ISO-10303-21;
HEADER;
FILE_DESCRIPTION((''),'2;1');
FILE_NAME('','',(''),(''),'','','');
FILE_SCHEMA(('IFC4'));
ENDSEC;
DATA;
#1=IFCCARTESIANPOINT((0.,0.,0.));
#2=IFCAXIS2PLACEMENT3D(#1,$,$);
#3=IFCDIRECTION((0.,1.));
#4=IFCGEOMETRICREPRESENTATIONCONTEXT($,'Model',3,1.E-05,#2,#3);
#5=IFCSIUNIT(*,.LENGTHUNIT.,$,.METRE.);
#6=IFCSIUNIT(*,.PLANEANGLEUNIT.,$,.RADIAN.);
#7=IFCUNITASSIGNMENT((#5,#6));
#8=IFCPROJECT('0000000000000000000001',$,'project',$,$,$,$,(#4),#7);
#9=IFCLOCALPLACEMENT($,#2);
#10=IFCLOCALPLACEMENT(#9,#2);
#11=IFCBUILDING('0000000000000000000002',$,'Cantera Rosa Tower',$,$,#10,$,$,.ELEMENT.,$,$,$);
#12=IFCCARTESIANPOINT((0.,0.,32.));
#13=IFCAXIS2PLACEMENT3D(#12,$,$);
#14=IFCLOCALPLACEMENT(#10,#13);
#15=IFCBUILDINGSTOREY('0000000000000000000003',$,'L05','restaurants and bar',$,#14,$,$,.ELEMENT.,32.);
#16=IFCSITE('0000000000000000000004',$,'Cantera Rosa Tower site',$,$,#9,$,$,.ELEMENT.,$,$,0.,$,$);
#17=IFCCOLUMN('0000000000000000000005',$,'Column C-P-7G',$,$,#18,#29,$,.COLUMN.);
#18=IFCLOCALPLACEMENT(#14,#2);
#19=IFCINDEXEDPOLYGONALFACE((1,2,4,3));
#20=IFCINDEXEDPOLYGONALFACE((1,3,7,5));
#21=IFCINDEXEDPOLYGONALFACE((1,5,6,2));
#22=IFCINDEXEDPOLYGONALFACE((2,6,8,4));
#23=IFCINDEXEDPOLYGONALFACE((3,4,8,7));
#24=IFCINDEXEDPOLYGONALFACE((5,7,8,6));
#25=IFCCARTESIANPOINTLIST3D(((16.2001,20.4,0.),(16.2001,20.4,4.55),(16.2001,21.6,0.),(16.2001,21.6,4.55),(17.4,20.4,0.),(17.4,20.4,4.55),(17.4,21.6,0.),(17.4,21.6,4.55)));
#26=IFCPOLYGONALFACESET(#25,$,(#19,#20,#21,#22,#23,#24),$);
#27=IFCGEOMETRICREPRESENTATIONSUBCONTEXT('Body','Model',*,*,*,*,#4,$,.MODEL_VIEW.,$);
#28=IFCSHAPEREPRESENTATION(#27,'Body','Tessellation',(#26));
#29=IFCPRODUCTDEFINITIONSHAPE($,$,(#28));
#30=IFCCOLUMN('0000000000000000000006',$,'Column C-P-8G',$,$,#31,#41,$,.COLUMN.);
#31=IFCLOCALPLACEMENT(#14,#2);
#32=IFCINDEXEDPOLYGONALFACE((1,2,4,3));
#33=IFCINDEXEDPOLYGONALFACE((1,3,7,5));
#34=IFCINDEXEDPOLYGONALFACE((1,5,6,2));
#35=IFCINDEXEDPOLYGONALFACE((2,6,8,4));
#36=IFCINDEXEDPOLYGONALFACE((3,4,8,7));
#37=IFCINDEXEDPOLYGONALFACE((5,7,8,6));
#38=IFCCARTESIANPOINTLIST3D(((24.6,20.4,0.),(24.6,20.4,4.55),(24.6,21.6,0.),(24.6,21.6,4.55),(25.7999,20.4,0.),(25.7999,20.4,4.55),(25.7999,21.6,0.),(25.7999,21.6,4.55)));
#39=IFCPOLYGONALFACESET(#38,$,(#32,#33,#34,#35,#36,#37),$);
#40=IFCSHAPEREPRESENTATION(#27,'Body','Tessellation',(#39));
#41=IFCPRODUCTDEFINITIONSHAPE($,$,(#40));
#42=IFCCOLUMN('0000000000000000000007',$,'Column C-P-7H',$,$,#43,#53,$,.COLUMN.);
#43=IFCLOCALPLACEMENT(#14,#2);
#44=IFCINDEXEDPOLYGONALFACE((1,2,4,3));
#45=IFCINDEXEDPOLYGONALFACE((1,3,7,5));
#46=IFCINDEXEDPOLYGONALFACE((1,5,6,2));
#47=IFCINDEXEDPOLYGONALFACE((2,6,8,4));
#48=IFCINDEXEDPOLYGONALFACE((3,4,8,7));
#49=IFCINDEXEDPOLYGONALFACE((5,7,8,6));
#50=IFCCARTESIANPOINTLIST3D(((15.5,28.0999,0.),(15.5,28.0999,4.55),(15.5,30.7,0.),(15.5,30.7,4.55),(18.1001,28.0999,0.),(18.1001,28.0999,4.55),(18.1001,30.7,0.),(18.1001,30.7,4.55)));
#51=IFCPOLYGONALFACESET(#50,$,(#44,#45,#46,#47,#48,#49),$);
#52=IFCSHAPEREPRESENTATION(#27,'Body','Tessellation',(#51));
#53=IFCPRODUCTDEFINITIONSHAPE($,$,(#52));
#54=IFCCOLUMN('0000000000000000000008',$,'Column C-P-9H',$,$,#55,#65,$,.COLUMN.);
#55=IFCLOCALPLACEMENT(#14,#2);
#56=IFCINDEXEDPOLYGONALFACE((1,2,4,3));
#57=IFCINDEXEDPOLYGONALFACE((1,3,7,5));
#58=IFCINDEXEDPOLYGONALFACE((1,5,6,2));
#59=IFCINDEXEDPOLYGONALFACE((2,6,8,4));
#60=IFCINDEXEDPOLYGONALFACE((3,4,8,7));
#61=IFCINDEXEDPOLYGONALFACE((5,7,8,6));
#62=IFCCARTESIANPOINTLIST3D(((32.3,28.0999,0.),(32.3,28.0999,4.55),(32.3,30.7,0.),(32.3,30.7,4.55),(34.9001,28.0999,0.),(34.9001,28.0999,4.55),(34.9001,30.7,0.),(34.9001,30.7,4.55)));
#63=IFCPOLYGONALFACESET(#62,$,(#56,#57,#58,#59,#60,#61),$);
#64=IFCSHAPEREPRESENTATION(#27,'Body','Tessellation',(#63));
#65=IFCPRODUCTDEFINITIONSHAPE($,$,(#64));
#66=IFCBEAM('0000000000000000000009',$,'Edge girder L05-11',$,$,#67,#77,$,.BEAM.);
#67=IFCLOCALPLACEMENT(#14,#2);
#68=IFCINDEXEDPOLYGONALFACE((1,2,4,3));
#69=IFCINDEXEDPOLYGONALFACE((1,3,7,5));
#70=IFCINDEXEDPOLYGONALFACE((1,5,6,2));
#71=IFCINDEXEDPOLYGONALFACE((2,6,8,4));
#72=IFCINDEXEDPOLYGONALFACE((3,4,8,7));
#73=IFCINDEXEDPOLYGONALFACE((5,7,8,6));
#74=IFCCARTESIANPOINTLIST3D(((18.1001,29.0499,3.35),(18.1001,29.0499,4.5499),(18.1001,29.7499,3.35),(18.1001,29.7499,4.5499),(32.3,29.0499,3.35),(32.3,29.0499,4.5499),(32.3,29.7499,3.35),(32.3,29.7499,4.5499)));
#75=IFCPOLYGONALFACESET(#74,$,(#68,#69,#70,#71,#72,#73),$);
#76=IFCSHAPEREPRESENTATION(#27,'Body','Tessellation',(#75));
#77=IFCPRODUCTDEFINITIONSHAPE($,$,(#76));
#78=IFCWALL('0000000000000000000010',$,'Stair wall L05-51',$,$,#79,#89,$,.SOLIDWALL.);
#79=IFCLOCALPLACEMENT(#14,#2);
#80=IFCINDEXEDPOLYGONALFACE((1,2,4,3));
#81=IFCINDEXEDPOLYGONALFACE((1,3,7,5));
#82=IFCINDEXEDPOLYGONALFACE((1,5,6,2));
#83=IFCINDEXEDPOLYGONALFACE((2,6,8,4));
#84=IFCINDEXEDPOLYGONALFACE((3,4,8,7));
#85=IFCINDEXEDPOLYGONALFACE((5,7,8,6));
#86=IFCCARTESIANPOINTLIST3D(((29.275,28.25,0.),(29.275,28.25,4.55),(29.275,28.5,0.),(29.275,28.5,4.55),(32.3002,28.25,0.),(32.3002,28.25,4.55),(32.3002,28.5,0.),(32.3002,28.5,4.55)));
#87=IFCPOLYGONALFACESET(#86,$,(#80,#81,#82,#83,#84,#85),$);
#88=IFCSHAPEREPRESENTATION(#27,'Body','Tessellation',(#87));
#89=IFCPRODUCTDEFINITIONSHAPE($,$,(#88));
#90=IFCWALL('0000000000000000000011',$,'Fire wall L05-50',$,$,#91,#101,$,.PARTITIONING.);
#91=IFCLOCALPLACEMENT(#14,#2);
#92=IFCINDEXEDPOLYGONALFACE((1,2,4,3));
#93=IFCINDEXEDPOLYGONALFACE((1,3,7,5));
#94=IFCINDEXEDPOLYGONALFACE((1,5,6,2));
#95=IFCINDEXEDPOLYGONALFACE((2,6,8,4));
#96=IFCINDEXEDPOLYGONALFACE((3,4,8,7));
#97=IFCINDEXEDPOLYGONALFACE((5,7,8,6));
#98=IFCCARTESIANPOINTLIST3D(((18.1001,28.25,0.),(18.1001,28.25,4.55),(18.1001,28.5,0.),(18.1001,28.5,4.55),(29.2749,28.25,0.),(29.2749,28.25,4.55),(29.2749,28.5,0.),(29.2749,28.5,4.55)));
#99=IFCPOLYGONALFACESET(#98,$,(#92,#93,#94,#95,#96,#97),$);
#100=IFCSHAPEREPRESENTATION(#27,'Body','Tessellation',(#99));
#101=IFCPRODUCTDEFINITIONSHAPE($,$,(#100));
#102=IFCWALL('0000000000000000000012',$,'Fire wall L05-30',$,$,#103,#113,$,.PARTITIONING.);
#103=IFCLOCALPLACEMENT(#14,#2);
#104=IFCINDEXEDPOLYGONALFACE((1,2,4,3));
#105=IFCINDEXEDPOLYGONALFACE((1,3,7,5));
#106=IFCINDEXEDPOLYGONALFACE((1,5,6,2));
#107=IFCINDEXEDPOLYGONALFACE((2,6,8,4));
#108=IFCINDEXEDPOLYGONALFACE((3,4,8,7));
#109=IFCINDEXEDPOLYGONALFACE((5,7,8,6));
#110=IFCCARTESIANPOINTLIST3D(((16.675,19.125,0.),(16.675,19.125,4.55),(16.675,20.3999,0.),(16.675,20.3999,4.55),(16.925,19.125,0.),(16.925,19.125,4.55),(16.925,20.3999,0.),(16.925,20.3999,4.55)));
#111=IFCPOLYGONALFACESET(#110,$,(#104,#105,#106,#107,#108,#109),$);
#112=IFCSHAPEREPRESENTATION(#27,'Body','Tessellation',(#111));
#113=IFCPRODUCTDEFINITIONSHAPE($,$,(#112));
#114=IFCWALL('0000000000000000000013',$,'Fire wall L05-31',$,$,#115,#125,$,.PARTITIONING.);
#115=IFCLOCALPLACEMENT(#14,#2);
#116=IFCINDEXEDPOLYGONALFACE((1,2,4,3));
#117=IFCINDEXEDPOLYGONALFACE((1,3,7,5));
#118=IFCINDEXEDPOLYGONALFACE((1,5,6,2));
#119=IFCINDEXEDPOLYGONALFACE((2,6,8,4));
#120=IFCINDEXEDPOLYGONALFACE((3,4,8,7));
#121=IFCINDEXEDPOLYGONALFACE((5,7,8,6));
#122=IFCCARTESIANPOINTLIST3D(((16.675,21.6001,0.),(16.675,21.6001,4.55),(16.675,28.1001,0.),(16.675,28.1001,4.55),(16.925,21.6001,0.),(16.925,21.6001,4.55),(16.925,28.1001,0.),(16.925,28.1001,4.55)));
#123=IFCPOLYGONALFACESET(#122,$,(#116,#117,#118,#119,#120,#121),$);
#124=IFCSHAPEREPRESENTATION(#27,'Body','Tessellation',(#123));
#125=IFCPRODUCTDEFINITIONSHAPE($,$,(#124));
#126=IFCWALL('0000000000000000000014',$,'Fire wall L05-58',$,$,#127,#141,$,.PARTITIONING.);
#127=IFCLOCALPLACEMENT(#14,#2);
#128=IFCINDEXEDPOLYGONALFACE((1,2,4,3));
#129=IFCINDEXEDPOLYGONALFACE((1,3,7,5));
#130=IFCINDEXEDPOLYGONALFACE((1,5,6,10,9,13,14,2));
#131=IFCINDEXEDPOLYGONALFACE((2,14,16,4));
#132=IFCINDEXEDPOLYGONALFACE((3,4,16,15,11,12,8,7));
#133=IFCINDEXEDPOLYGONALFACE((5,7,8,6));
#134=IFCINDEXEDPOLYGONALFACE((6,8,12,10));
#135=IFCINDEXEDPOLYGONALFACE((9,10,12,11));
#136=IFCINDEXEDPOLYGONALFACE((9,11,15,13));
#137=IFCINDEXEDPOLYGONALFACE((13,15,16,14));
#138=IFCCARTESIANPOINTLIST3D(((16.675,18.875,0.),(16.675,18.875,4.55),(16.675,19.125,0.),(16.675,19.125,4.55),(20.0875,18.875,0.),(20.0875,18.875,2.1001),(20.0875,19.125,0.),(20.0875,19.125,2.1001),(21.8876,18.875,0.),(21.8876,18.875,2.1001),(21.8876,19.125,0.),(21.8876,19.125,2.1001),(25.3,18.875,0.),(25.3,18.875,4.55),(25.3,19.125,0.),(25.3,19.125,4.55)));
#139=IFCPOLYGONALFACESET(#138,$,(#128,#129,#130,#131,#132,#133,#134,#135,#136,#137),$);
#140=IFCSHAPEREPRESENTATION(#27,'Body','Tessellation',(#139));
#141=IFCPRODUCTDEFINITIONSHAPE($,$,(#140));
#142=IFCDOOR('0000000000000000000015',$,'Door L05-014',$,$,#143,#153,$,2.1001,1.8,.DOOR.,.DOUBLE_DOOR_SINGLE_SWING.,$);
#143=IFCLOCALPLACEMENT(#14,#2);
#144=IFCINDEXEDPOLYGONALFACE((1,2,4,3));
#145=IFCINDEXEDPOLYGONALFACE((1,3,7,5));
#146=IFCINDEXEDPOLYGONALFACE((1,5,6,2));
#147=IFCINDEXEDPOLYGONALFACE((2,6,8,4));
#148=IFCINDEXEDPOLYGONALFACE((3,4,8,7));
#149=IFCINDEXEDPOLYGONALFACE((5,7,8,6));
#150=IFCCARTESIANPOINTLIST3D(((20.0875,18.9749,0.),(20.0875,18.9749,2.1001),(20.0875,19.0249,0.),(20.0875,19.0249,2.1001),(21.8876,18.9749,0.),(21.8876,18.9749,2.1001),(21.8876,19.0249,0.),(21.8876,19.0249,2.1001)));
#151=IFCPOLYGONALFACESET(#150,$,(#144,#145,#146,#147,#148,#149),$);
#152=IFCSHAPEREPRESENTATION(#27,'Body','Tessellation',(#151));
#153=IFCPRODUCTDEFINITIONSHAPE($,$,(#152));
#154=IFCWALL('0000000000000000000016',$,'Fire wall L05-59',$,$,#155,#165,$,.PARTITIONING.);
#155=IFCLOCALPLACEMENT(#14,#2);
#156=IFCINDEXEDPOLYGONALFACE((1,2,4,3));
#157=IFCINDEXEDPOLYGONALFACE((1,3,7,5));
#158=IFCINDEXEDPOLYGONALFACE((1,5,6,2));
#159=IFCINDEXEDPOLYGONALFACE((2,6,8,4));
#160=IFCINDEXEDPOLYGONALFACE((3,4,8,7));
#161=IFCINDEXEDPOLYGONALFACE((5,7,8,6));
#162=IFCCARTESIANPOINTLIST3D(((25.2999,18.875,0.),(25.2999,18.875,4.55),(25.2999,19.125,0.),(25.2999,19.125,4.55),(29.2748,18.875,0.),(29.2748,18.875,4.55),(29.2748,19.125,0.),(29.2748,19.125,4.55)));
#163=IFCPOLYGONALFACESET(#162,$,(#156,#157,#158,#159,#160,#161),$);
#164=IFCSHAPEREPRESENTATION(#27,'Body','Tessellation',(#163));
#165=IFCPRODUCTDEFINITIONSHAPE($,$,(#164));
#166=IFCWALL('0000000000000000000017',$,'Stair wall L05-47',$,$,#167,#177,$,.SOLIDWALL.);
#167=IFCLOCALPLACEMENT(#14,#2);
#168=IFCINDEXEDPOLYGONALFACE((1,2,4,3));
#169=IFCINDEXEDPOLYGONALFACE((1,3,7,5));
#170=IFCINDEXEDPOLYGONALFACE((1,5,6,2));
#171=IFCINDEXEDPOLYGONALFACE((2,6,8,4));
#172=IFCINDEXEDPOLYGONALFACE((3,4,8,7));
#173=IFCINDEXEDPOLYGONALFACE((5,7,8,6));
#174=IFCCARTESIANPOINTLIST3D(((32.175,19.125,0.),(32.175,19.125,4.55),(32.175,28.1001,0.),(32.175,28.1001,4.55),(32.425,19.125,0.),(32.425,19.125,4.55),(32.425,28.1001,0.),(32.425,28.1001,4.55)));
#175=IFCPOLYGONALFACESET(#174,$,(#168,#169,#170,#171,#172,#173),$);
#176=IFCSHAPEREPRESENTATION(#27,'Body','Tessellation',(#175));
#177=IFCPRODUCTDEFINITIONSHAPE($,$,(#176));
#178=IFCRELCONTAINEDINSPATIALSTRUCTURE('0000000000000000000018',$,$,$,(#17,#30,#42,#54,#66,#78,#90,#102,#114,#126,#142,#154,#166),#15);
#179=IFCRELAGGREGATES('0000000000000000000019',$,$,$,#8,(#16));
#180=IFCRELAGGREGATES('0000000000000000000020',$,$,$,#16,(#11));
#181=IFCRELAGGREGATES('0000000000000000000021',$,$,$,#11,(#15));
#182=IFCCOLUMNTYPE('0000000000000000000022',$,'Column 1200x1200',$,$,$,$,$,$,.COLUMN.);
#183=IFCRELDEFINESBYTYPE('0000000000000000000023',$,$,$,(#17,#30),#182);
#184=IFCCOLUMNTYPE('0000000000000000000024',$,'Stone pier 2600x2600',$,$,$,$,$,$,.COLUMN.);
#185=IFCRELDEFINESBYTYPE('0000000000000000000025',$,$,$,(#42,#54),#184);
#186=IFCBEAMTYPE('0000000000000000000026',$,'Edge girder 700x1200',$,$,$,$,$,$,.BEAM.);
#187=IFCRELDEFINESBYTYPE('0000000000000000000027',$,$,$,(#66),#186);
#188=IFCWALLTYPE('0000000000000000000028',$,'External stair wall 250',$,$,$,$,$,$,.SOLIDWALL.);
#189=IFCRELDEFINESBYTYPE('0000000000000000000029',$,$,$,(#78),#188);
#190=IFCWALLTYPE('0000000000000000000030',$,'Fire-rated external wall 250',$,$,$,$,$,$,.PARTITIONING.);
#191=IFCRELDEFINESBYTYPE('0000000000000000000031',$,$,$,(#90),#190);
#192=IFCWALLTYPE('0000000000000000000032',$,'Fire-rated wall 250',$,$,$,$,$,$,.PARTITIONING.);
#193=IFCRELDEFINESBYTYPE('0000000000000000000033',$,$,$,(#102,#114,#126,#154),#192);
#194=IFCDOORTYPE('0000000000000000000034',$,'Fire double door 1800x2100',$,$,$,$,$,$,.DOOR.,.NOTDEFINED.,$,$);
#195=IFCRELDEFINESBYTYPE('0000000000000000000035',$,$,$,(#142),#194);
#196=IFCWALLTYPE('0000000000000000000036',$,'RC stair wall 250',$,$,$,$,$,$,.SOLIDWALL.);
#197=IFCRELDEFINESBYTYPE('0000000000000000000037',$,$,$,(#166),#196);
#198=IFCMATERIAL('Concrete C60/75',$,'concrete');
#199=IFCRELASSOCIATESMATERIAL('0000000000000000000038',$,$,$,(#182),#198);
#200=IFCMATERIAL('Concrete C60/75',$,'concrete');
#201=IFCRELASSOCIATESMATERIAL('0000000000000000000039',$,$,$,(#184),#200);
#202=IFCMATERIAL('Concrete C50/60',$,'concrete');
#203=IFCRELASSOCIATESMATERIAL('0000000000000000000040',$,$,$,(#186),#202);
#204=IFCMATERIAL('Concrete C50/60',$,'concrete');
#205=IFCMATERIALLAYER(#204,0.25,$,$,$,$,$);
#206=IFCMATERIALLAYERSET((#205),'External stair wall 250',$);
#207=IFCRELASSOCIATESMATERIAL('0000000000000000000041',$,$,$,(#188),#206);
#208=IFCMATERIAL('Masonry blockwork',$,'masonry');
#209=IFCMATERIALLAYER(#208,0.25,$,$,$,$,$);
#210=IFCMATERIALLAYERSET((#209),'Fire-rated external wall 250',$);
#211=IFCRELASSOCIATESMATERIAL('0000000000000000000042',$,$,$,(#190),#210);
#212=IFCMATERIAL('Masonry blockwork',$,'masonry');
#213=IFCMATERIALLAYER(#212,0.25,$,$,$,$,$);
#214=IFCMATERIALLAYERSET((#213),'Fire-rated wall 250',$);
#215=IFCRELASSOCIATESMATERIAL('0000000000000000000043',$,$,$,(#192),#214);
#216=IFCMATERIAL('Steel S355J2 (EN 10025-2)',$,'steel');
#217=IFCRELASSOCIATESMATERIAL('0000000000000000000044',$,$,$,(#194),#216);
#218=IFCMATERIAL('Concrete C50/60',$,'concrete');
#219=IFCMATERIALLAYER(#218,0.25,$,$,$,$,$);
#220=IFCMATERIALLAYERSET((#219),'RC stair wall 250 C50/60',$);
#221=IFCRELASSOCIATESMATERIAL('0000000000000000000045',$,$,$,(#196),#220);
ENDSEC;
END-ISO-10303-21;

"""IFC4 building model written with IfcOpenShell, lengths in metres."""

from ifc_helpers import new_model, si_unit, direction, frame, frame_2d, origin, origin_2d, place, context, subcontext, project, spatial, rectangle, extrude, material, layer, layer_set, material_profile, profile_set, type_object, element, fill, save


model = new_model("IFC4")

# Units and contexts
model_context = context("Model", 3, precision=1e-05, world=origin(), true_north=direction((0.0, 1.0)))
body_context = subcontext(model_context, "Body", "Model", "MODEL_VIEW")
ifc_project = project(units=[si_unit("LENGTHUNIT", "METRE"), si_unit("PLANEANGLEUNIT", "RADIAN")], contexts=[model_context])

# Site, building, storey
site_placement = place(None, origin())
site = spatial("IfcSite", under=ifc_project, at=site_placement, Name="Cantera Rosa Tower site", CompositionType="ELEMENT", RefElevation=0.0)
building_placement = place(site_placement, origin())
building = spatial("IfcBuilding", under=site, at=building_placement, Name="Cantera Rosa Tower", CompositionType="ELEMENT")
storey_placement = place(building_placement, frame((0.0, 0.0, 32.0)))
storey = spatial("IfcBuildingStorey", under=building, at=storey_placement, Name="L05", Description="restaurants and bar", CompositionType="ELEMENT", Elevation=32.0)

# Columns
ifc_material_1 = material(Name="Concrete C60/75", Category="concrete")
ifc_material_profile_1 = material_profile(ifc_material_1, rectangle(XDim=1.2, YDim=1.2, at=origin_2d()), Name="Column 1200x1200")
ifc_profile_set_1 = profile_set([ifc_material_profile_1], Name="Concrete C60/75")
column_type_1 = type_object("IfcColumnType", Name="Column 1200x1200", PredefinedType="COLUMN", material=ifc_profile_set_1)
for number, where, z_axis, x_axis, name in (
    (1, (16.8, 21.0, 0.0), (0.0, 0.0, 1.0), (1.0, 0.0, 0.0), "Column C-P-7G"),
    (2, (25.2, 21.0, 0.0), (0.0, 0.0, 1.0), (1.0, 0.0, 0.0), "Column C-P-8G"),
):
    element("IfcColumn", number, at=place(storey_placement, frame(where, z_axis=z_axis, x_axis=x_axis)), inside=storey, type_object=column_type_1, Name=name, PredefinedType="COLUMN", context=body_context, shape_type="SweptSolid", body=[
        extrude(rectangle(XDim=1.2, YDim=1.2, at=origin_2d()), origin(), (0.0, 0.0, 1.0), 4.55),
    ])
ifc_material_2 = material(Name="Concrete C60/75", Category="concrete")
ifc_material_profile_2 = material_profile(ifc_material_2, rectangle(XDim=2.6001, YDim=2.6001, at=origin_2d()), Name="Stone pier 2600x2600")
ifc_profile_set_2 = profile_set([ifc_material_profile_2], Name="Concrete C60/75")
column_type_2 = type_object("IfcColumnType", Name="Stone pier 2600x2600", PredefinedType="COLUMN", material=ifc_profile_set_2)
for number, where, z_axis, x_axis, name in (
    (3, (16.8, 29.3999, 0.0), (0.0, 0.0, 1.0), (1.0, 0.0, 0.0), "Column C-P-7H"),
    (4, (33.6001, 29.3999, 0.0), (0.0, 0.0, 1.0), (1.0, 0.0, 0.0), "Column C-P-9H"),
):
    element("IfcColumn", number, at=place(storey_placement, frame(where, z_axis=z_axis, x_axis=x_axis)), inside=storey, type_object=column_type_2, Name=name, PredefinedType="COLUMN", context=body_context, shape_type="SweptSolid", body=[
        extrude(rectangle(XDim=2.6001, YDim=2.6001, at=origin_2d()), origin(), (0.0, 0.0, 1.0), 4.55),
    ])

# Beam
ifc_material_3 = material(Name="Concrete C50/60", Category="concrete")
ifc_material_profile_3 = material_profile(ifc_material_3, rectangle(XDim=0.7, YDim=1.2, at=origin_2d()), Name="Edge girder 700x1200")
ifc_profile_set_3 = profile_set([ifc_material_profile_3], Name="Concrete C50/60")
beam_type = type_object("IfcBeamType", Name="Edge girder 700x1200", PredefinedType="BEAM", material=ifc_profile_set_3)
beam_placement = place(storey_placement, frame((18.1001, 29.3999, 3.95), z_axis=(1.0, 0.0, 0.0), x_axis=(0.0, 1.0, 0.0)))
element("IfcBeam", 5, at=beam_placement, inside=storey, type_object=beam_type, Name="Edge girder L05-11", PredefinedType="BEAM", context=body_context, shape_type="SweptSolid", body=[
    extrude(rectangle(XDim=0.7, YDim=1.2, at=origin_2d()), origin(), (0.0, 0.0, 1.0), 14.2),
])

# Walls
ifc_material_4 = material(Name="Concrete C50/60", Category="concrete")
ifc_layer_1 = layer(ifc_material_4, 0.25)
ifc_layer_set_1 = layer_set([ifc_layer_1], Name="External stair wall 250")
wall_type_1 = type_object("IfcWallType", Name="External stair wall 250", PredefinedType="SOLIDWALL", material=ifc_layer_set_1)
wall_1_placement = place(storey_placement, frame((29.2749, 28.375, 0.0), z_axis=(0.0, 0.0, 1.0), x_axis=(1.0, 0.0, 0.0)))
element("IfcWall", 6, at=wall_1_placement, inside=storey, type_object=wall_type_1, Name="Stair wall L05-51", PredefinedType="SOLIDWALL", context=body_context, shape_type="SweptSolid", body=[
    extrude(rectangle(XDim=3.0251, YDim=0.25, at=frame_2d((1.5127, 0.0))), origin(), (0.0, 0.0, 1.0), 4.55),
])
ifc_material_5 = material(Name="Masonry blockwork", Category="masonry")
ifc_layer_2 = layer(ifc_material_5, 0.25)
ifc_layer_set_2 = layer_set([ifc_layer_2], Name="Fire-rated external wall 250")
wall_type_2 = type_object("IfcWallType", Name="Fire-rated external wall 250", PredefinedType="PARTITIONING", material=ifc_layer_set_2)
wall_2_placement = place(storey_placement, frame((18.1001, 28.375, 0.0), z_axis=(0.0, 0.0, 1.0), x_axis=(1.0, 0.0, 0.0)))
element("IfcWall", 7, at=wall_2_placement, inside=storey, type_object=wall_type_2, Name="Fire wall L05-50", PredefinedType="PARTITIONING", context=body_context, shape_type="SweptSolid", body=[
    extrude(rectangle(XDim=11.1748, YDim=0.25, at=frame_2d((5.5874, 0.0))), origin(), (0.0, 0.0, 1.0), 4.55),
])
ifc_material_6 = material(Name="Masonry blockwork", Category="masonry")
ifc_layer_3 = layer(ifc_material_6, 0.25)
ifc_layer_set_3 = layer_set([ifc_layer_3], Name="Fire-rated wall 250")
wall_type_3 = type_object("IfcWallType", Name="Fire-rated wall 250", PredefinedType="PARTITIONING", material=ifc_layer_set_3)
wall_3_placement = place(storey_placement, frame((16.8, 19.125, 0.0), z_axis=(0.0, 0.0, 1.0), x_axis=(0.0, 1.0, 0.0)))
element("IfcWall", 8, at=wall_3_placement, inside=storey, type_object=wall_type_3, Name="Fire wall L05-30", PredefinedType="PARTITIONING", context=body_context, shape_type="SweptSolid", body=[
    extrude(rectangle(XDim=1.2749, YDim=0.25, at=frame_2d((0.6375, 0.0))), origin(), (0.0, 0.0, 1.0), 4.55),
])
wall_4_placement = place(storey_placement, frame((16.8, 21.6001, 0.0), z_axis=(0.0, 0.0, 1.0), x_axis=(0.0, 1.0, 0.0)))
element("IfcWall", 9, at=wall_4_placement, inside=storey, type_object=wall_type_3, Name="Fire wall L05-31", PredefinedType="PARTITIONING", context=body_context, shape_type="SweptSolid", body=[
    extrude(rectangle(XDim=6.5, YDim=0.25, at=frame_2d((3.25, 0.0))), origin(), (0.0, 0.0, 1.0), 4.55),
])

# Wall, opening, door
wall_5_placement = place(storey_placement, frame((16.675, 19.0, 0.0), z_axis=(0.0, 0.0, 1.0), x_axis=(1.0, 0.0, 0.0)))
wall_5 = element("IfcWall", 10, at=wall_5_placement, inside=storey, type_object=wall_type_3, Name="Fire wall L05-58", PredefinedType="PARTITIONING", context=body_context, shape_type="SweptSolid", body=[
    extrude(rectangle(XDim=8.625, YDim=0.25, at=frame_2d((4.3125, 0.0))), origin(), (0.0, 0.0, 1.0), 4.55),
])
opening_1_placement = place(wall_5_placement, frame((3.4126, 0.0, 0.0)))
opening_1 = element("IfcOpeningElement", 11, at=opening_1_placement, cuts=wall_5, PredefinedType="OPENING", context=body_context, shape_type="SweptSolid", body=[
    extrude(rectangle(XDim=1.8, YDim=2.1001, at=frame_2d((0.8999, 1.05))), frame((0.0, 0.135, 0.0), z_axis=(0.0, -1.0, 0.0), x_axis=(1.0, 0.0, 0.0)), (0.0, 0.0, 1.0), 0.27),
])
ifc_material_7 = material(Name="Steel S355J2 (EN 10025-2)", Category="steel")
door_type_1 = type_object("IfcDoorType", Name="Fire double door 1800x2100", OperationType="NOTDEFINED", PredefinedType="DOOR", material=ifc_material_7)
door_1_placement = place(opening_1_placement, origin())
door_1 = element("IfcDoor", 12, at=door_1_placement, inside=storey, type_object=door_type_1, Name="Door L05-014", OperationType="DOUBLE_DOOR_SINGLE_SWING", OverallHeight=2.1001, OverallWidth=1.8, PredefinedType="DOOR", context=body_context, shape_type="SweptSolid", body=[
    extrude(rectangle(XDim=1.8, YDim=2.1001, at=frame_2d((0.8999, 1.05))), frame((0.0, 0.0249, 0.0), z_axis=(0.0, -1.0, 0.0), x_axis=(1.0, 0.0, 0.0)), (0.0, 0.0, 1.0), 0.05),
])
fill(opening_1, door_1)

# Walls
wall_6_placement = place(storey_placement, frame((25.3, 19.0, 0.0), z_axis=(0.0, 0.0, 1.0), x_axis=(1.0, 0.0, 0.0)))
element("IfcWall", 13, at=wall_6_placement, inside=storey, type_object=wall_type_3, Name="Fire wall L05-59", PredefinedType="PARTITIONING", context=body_context, shape_type="SweptSolid", body=[
    extrude(rectangle(XDim=3.9749, YDim=0.25, at=frame_2d((1.9873, 0.0))), origin(), (0.0, 0.0, 1.0), 4.55),
])
ifc_material_8 = material(Name="Concrete C50/60", Category="concrete")
ifc_layer_4 = layer(ifc_material_8, 0.25)
ifc_layer_set_4 = layer_set([ifc_layer_4], Name="RC stair wall 250 C50/60")
wall_type_4 = type_object("IfcWallType", Name="RC stair wall 250", PredefinedType="SOLIDWALL", material=ifc_layer_set_4)
wall_7_placement = place(storey_placement, frame((32.3, 19.125, 0.0), z_axis=(0.0, 0.0, 1.0), x_axis=(0.0, 1.0, 0.0)))
element("IfcWall", 14, at=wall_7_placement, inside=storey, type_object=wall_type_4, Name="Stair wall L05-47", PredefinedType="SOLIDWALL", context=body_context, shape_type="SweptSolid", body=[
    extrude(rectangle(XDim=8.9751, YDim=0.25, at=frame_2d((4.4875, 0.0))), origin(), (0.0, 0.0, 1.0), 4.55),
])

save(model, "model.ifc")
